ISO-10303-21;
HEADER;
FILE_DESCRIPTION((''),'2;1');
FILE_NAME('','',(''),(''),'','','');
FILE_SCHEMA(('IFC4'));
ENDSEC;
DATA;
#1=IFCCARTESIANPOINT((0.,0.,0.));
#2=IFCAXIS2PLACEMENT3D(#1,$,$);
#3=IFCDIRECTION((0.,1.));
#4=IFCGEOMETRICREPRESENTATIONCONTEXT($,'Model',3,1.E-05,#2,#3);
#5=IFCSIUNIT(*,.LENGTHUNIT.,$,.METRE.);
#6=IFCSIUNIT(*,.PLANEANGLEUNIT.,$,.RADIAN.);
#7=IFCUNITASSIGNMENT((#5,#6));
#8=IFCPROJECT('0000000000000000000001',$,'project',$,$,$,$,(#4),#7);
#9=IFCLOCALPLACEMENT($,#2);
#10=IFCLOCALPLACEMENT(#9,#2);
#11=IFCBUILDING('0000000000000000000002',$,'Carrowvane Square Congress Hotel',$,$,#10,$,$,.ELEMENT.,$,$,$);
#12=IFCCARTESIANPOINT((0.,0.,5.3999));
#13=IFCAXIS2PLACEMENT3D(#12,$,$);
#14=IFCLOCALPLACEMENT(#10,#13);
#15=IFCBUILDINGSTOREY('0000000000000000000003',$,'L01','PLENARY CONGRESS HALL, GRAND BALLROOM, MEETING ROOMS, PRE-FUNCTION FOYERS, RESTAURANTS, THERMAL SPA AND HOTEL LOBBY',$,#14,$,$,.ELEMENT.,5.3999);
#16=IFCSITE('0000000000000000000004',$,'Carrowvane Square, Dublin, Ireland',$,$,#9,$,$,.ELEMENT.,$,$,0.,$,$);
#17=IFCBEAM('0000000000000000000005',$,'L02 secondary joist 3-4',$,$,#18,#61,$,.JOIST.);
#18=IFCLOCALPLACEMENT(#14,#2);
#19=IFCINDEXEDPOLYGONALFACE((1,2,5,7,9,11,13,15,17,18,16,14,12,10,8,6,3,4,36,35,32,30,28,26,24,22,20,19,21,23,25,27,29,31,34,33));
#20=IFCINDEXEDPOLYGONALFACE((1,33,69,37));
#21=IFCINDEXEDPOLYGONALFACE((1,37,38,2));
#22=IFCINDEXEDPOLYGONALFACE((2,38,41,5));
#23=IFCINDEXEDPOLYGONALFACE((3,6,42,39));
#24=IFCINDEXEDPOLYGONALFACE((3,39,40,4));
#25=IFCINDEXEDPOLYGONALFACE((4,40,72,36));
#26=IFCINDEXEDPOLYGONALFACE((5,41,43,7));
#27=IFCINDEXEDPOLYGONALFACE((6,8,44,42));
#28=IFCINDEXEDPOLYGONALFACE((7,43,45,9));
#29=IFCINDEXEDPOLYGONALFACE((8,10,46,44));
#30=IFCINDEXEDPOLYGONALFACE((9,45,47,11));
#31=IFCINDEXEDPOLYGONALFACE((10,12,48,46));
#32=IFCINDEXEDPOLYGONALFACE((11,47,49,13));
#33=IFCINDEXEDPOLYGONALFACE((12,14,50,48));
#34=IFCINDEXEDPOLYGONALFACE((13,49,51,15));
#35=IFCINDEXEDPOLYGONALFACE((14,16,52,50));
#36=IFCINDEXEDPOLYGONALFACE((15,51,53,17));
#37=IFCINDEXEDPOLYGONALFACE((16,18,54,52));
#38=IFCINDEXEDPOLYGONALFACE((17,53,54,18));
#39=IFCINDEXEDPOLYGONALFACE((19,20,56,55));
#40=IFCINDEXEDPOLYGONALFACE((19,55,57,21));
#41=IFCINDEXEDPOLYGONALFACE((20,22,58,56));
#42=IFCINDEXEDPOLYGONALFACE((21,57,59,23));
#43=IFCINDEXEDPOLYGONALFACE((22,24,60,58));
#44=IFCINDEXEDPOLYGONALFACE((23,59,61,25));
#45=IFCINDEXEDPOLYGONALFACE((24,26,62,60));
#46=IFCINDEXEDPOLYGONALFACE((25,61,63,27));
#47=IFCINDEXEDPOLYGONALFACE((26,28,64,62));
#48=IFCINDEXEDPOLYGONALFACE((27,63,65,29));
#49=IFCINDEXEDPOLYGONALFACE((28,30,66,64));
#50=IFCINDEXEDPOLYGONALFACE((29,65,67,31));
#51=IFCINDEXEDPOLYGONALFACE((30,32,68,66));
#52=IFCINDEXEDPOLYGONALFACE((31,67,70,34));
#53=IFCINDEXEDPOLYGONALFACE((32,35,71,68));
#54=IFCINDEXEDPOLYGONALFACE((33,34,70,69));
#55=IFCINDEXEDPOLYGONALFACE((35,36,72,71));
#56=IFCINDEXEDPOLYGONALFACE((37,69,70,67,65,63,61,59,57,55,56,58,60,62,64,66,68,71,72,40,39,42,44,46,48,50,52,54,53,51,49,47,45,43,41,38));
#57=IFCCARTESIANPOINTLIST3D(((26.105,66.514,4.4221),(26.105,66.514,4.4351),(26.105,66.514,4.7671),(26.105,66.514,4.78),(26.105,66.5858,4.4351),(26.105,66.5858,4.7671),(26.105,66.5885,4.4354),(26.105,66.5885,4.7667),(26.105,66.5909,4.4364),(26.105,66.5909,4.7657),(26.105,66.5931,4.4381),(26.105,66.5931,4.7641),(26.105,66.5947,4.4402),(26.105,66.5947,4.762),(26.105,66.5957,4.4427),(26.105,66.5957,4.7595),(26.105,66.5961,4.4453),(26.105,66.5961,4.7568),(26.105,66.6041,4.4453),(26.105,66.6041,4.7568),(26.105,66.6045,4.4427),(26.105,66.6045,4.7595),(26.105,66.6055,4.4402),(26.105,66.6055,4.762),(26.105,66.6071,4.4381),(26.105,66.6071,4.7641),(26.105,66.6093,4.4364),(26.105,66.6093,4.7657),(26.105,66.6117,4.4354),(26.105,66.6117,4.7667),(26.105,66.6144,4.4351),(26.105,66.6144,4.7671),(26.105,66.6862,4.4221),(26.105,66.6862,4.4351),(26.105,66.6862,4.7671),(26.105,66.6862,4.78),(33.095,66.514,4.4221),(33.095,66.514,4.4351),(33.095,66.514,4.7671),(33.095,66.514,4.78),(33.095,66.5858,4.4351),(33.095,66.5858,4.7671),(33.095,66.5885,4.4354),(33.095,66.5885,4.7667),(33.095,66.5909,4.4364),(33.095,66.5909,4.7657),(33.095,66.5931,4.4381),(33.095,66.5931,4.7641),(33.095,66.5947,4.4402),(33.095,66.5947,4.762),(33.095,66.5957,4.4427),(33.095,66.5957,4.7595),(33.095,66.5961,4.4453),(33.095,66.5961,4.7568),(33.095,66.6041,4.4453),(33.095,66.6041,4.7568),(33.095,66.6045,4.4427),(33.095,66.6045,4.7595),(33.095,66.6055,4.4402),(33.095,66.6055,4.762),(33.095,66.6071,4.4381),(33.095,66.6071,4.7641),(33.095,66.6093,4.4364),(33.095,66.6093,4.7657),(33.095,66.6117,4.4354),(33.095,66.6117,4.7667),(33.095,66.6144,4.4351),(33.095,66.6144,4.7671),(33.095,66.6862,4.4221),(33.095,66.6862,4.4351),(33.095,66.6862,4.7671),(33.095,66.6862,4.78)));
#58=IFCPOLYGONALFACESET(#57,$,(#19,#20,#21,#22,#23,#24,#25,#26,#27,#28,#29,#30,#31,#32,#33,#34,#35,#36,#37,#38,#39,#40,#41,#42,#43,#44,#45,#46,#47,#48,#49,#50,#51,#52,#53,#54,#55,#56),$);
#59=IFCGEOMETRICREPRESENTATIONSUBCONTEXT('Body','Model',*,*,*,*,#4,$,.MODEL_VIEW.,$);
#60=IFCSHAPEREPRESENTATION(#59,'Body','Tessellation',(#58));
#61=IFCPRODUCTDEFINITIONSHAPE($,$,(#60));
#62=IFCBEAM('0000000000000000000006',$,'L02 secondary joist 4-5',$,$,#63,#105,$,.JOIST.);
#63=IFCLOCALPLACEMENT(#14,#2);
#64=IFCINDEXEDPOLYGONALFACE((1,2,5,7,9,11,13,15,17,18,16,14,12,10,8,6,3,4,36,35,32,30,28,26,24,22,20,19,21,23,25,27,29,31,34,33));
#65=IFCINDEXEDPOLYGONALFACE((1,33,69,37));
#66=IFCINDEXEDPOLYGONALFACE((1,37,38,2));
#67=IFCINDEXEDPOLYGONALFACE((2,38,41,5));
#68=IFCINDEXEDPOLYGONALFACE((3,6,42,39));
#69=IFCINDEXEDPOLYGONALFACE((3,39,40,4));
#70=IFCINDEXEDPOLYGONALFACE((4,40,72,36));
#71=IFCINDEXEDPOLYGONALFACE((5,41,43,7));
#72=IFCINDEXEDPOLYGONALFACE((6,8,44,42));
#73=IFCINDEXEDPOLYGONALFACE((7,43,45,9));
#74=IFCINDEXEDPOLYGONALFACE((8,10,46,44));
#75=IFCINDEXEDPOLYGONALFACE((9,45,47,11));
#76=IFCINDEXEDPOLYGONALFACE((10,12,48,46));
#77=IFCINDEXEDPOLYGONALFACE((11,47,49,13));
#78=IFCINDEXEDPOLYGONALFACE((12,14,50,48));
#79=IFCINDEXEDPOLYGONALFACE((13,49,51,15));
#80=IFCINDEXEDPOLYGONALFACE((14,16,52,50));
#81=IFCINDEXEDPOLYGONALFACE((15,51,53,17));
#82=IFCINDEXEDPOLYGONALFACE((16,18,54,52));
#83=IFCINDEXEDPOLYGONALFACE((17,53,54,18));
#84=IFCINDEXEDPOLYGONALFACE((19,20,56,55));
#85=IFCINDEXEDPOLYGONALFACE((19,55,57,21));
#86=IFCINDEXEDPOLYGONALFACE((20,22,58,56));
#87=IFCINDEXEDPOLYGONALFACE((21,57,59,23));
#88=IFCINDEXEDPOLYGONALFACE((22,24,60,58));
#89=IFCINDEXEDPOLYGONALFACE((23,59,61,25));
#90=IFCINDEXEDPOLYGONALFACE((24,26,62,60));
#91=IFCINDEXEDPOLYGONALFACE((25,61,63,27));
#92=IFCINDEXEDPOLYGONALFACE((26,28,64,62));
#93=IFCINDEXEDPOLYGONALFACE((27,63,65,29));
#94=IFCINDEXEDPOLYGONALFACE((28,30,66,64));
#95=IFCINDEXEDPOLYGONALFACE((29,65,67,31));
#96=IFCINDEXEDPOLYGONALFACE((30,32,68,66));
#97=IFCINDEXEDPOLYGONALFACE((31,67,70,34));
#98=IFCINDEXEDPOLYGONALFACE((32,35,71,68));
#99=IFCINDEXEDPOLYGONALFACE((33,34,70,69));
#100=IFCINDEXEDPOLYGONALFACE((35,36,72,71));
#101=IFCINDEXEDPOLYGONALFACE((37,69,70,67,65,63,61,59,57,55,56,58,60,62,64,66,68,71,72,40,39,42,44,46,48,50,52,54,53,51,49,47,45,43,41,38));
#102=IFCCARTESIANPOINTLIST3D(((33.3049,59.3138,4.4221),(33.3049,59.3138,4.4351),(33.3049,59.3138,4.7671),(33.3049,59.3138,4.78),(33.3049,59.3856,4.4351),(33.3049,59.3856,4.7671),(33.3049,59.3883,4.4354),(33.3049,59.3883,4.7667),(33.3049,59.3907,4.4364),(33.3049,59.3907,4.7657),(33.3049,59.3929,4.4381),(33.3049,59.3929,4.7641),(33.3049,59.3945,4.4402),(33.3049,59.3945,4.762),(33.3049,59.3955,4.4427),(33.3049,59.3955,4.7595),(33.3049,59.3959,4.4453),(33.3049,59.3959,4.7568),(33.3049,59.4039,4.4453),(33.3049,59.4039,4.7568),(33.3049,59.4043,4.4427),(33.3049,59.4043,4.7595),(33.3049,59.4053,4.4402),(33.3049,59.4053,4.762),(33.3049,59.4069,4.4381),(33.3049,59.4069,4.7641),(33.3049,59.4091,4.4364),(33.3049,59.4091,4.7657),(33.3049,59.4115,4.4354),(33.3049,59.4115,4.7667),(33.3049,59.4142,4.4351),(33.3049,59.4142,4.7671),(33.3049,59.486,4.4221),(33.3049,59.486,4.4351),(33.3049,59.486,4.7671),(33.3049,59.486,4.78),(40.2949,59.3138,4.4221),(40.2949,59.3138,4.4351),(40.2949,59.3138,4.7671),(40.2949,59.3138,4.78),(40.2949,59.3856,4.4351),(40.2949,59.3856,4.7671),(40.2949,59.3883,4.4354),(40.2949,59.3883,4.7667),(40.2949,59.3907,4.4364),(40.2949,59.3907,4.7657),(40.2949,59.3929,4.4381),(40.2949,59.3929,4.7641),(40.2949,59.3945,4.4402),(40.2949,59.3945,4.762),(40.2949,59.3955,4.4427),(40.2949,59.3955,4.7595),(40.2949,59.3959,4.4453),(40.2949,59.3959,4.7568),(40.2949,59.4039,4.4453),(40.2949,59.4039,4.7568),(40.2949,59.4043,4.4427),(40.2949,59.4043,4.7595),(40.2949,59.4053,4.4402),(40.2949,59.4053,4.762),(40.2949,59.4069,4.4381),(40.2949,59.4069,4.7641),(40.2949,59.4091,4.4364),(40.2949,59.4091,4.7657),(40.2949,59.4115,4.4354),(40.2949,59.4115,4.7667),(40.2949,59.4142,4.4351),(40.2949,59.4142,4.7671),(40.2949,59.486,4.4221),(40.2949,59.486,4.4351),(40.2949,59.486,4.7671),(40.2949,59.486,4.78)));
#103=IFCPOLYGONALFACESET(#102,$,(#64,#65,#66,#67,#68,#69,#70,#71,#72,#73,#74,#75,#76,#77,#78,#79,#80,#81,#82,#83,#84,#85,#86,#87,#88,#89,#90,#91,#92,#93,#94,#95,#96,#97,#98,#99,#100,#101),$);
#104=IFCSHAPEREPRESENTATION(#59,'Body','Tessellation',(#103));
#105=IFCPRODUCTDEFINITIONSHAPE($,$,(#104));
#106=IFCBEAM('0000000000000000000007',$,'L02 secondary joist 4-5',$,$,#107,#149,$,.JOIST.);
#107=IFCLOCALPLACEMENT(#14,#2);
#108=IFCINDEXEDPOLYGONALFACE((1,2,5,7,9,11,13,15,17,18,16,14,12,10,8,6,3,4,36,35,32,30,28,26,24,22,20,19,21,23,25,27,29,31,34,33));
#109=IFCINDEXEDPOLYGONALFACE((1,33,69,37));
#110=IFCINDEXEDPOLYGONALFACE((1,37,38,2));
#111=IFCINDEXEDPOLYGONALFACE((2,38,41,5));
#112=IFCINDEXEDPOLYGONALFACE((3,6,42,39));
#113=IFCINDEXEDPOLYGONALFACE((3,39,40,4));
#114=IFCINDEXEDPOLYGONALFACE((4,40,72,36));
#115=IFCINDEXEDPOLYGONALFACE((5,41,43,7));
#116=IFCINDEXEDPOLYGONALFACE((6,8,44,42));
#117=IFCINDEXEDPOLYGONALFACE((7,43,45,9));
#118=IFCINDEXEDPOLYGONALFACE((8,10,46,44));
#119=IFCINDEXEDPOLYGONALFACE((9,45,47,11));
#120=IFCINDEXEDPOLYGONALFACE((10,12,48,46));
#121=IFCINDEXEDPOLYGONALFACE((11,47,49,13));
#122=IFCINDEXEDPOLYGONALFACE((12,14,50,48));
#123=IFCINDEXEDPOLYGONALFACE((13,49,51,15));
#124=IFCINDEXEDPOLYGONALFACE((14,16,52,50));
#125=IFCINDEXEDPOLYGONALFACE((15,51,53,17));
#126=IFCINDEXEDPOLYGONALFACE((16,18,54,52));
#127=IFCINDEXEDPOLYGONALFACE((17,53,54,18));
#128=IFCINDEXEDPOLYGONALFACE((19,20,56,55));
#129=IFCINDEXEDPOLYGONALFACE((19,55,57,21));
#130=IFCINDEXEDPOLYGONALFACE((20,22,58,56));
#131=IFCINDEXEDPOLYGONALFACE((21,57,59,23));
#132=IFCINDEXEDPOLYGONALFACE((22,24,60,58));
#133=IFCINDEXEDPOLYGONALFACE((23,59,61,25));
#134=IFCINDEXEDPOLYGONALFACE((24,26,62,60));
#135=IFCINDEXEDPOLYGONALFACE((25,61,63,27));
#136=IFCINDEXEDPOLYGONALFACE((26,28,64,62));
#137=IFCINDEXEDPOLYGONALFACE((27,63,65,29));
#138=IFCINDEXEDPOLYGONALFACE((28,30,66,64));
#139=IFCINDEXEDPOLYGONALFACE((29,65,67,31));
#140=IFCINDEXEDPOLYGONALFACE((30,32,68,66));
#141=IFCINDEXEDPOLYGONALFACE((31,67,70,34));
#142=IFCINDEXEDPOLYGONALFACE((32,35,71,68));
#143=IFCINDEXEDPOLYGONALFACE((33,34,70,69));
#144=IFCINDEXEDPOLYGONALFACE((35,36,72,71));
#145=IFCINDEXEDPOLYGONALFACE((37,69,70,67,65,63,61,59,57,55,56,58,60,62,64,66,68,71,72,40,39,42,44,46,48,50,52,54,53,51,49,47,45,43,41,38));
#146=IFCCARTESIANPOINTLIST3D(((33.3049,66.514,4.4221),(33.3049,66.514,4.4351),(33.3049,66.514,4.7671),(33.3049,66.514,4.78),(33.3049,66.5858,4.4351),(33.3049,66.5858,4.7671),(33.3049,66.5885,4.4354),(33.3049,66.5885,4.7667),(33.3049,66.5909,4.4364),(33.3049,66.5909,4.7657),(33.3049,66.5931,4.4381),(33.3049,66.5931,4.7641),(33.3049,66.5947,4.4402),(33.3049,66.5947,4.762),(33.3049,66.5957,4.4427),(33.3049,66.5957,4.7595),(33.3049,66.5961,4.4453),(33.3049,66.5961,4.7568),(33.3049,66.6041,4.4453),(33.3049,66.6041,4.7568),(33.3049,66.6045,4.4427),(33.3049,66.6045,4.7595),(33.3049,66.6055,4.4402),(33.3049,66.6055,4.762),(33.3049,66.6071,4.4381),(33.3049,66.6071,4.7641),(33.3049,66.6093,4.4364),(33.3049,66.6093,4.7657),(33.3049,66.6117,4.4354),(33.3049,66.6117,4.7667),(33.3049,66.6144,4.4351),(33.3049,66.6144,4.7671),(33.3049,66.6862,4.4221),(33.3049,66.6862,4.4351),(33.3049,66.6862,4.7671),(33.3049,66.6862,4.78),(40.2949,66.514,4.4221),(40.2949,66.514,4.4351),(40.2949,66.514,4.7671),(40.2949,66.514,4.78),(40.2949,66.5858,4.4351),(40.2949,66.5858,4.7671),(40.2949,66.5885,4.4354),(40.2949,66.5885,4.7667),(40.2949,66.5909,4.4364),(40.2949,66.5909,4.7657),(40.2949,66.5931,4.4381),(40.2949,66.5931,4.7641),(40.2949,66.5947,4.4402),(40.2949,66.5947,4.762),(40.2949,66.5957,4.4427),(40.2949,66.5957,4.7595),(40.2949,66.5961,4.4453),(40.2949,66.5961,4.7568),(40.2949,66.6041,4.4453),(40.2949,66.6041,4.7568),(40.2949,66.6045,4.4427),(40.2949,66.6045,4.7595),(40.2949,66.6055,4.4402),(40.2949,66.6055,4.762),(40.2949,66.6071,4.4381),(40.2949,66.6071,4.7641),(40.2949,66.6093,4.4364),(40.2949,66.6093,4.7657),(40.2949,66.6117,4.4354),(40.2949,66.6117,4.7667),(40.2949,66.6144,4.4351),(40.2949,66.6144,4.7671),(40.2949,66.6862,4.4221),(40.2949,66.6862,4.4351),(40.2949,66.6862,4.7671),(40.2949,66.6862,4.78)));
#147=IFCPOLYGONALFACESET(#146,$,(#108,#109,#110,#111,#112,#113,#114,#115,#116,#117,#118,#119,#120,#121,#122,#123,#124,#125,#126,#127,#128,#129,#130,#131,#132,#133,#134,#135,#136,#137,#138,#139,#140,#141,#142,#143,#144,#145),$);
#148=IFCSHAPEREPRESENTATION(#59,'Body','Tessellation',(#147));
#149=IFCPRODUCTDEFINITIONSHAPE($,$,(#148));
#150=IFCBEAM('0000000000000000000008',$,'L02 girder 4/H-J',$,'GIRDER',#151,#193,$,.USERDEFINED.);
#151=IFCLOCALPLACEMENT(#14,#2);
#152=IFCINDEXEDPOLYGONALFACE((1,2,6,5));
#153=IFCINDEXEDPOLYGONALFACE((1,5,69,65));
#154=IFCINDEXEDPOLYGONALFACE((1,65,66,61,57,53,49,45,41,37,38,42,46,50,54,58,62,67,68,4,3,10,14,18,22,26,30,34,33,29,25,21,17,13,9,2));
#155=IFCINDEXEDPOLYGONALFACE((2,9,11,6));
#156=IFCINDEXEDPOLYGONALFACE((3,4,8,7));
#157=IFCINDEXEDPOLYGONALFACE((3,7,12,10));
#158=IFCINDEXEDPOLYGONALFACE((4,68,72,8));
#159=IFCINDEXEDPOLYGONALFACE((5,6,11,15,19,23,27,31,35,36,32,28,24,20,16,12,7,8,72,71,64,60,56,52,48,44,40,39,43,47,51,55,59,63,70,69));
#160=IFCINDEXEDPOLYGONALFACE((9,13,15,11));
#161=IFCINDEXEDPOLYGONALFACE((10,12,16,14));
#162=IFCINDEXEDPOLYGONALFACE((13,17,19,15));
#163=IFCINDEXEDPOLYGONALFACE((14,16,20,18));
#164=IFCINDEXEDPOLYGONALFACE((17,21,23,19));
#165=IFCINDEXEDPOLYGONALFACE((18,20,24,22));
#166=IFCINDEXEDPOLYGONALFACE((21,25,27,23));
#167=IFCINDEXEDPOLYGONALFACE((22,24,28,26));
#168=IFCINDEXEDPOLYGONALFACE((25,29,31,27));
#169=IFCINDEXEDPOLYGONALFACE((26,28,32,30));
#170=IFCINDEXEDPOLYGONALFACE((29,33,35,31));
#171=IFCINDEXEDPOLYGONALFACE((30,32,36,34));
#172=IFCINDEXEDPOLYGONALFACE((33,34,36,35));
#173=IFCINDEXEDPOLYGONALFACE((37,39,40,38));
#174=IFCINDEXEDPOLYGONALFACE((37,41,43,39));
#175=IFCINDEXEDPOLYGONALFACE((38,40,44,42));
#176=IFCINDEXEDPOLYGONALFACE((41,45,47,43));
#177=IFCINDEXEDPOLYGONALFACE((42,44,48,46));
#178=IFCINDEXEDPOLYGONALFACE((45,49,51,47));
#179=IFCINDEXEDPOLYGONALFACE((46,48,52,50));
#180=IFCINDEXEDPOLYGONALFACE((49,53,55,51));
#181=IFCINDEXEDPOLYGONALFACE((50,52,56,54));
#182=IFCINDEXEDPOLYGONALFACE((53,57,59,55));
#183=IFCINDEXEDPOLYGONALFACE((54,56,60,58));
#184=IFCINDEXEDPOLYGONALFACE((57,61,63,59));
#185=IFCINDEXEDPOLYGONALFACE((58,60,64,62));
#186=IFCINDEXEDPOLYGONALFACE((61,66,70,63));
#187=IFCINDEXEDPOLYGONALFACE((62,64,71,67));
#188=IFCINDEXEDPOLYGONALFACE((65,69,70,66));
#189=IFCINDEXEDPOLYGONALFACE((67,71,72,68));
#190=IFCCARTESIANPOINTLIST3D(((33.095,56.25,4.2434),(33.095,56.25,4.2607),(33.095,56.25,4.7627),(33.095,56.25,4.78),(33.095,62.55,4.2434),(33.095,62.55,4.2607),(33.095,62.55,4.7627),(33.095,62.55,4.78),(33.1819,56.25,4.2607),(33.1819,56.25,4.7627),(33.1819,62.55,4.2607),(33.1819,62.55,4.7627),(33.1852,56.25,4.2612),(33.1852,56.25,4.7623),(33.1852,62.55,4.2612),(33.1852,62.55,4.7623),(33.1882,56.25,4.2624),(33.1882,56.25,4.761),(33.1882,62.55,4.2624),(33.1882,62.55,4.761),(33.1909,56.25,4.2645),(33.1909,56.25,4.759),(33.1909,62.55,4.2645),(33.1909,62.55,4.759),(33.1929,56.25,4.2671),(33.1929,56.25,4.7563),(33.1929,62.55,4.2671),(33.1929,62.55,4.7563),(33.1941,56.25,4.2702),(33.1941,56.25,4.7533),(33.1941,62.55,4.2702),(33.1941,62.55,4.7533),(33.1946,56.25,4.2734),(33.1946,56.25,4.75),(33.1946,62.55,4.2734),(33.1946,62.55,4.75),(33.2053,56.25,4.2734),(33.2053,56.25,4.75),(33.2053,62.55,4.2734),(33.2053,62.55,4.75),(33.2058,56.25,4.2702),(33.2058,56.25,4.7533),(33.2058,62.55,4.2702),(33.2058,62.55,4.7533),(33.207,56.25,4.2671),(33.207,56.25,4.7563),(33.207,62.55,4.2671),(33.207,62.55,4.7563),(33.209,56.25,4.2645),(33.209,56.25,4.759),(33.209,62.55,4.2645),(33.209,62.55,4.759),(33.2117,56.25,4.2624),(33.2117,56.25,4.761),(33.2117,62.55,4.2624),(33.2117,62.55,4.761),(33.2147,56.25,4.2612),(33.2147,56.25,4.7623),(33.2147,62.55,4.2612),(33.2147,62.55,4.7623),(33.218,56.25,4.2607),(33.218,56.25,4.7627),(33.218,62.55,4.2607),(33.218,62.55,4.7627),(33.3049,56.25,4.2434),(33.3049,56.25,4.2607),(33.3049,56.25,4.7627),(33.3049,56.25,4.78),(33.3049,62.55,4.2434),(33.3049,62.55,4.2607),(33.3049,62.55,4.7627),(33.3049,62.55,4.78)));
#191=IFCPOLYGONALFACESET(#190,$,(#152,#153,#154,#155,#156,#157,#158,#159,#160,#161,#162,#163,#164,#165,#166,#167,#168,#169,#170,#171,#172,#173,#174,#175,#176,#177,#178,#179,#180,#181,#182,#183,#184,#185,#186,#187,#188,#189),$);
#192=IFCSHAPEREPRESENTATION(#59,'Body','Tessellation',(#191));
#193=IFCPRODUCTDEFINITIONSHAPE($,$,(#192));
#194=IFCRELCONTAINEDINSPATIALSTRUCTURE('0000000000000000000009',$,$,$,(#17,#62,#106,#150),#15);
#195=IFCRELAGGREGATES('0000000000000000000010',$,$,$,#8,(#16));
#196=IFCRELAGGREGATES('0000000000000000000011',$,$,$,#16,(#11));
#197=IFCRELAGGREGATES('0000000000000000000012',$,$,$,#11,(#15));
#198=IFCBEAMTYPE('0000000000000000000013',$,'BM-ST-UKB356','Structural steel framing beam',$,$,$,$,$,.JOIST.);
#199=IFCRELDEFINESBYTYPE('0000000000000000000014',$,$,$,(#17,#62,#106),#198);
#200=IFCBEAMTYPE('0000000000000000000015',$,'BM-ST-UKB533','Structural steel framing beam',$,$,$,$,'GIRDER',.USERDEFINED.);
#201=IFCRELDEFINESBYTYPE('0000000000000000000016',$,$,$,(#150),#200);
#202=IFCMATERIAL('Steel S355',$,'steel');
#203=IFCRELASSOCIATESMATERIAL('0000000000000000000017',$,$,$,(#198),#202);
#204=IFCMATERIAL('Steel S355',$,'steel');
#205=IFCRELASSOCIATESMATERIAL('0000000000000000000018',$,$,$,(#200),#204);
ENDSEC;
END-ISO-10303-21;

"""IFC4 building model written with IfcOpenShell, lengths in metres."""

from ifc_helpers import new_model, si_unit, direction, frame, origin, origin_2d, place, context, subcontext, project, spatial, i_section, extrude, material, material_profile, profile_set, type_object, element, save


model = new_model("IFC4")

# Units and contexts
model_context = context("Model", 3, precision=1e-05, world=origin(), true_north=direction((0.0, 1.0)))
body_context = subcontext(model_context, "Body", "Model", "MODEL_VIEW")
ifc_project = project(units=[si_unit("LENGTHUNIT", "METRE"), si_unit("PLANEANGLEUNIT", "RADIAN")], contexts=[model_context])

# Site, building, storey
site_placement = place(None, origin())
site = spatial("IfcSite", under=ifc_project, at=site_placement, Name="Carrowvane Square, Dublin, Ireland", CompositionType="ELEMENT", RefElevation=0.0)
building_placement = place(site_placement, origin())
building = spatial("IfcBuilding", under=site, at=building_placement, Name="Carrowvane Square Congress Hotel", CompositionType="ELEMENT")
storey_placement = place(building_placement, frame((0.0, 0.0, 5.3999)))
storey = spatial("IfcBuildingStorey", under=building, at=storey_placement, Name="L01", Description="PLENARY CONGRESS HALL, GRAND BALLROOM, MEETING ROOMS, PRE-FUNCTION FOYERS, RESTAURANTS, THERMAL SPA AND HOTEL LOBBY", CompositionType="ELEMENT", Elevation=5.3999)

# Beams
ifc_material_1 = material(Name="Steel S355", Category="steel")
ifc_material_profile_1 = material_profile(ifc_material_1, i_section(OverallWidth=0.1721, OverallDepth=0.3579, WebThickness=0.0081, FlangeThickness=0.0129, FilletRadius=0.0103, at=origin_2d()), Name="UKB 356x171x57")
ifc_profile_set_1 = profile_set([ifc_material_profile_1], Name="Steel S355")
beam_type_1 = type_object("IfcBeamType", Name="BM-ST-UKB356", Description="Structural steel framing beam", PredefinedType="JOIST", material=ifc_profile_set_1)
for number, where, z_axis, x_axis, name in (
    (1, (26.105, 66.6001, 4.6011), (1.0, 0.0, 0.0), (0.0, 1.0, 0.0), "L02 secondary joist 3-4"),
    (2, (33.3049, 59.3999, 4.6011), (1.0, 0.0, 0.0), (0.0, 1.0, 0.0), "L02 secondary joist 4-5"),
    (3, (33.3049, 66.6001, 4.6011), (1.0, 0.0, 0.0), (0.0, 1.0, 0.0), "L02 secondary joist 4-5"),
):
    element("IfcBeam", number, at=place(storey_placement, frame(where, z_axis=z_axis, x_axis=x_axis)), inside=storey, type_object=beam_type_1, Name=name, PredefinedType="JOIST", context=body_context, shape_type="SweptSolid", body=[
        extrude(i_section(OverallWidth=0.1721, OverallDepth=0.3579, WebThickness=0.0081, FlangeThickness=0.0129, FilletRadius=0.0103, at=origin_2d()), origin(), (0.0, 0.0, 1.0), 6.99),
    ])
ifc_material_2 = material(Name="Steel S355", Category="steel")
ifc_material_profile_2 = material_profile(ifc_material_2, i_section(OverallWidth=0.21, OverallDepth=0.5366, WebThickness=0.0107, FlangeThickness=0.0173, FilletRadius=0.0127, at=origin_2d()), Name="UKB 533x210x101")
ifc_profile_set_2 = profile_set([ifc_material_profile_2], Name="Steel S355")
beam_type_2 = type_object("IfcBeamType", Name="BM-ST-UKB533", Description="Structural steel framing beam", ElementType="GIRDER", PredefinedType="USERDEFINED", material=ifc_profile_set_2)
for number, where, z_axis, x_axis, name in (
    (4, (33.2, 56.25, 4.5117), (0.0, 1.0, 0.0), (-1.0, 0.0, 0.0), "L02 girder 4/H-J"),
):
    element("IfcBeam", number, at=place(storey_placement, frame(where, z_axis=z_axis, x_axis=x_axis)), inside=storey, type_object=beam_type_2, Name=name, ObjectType="GIRDER", PredefinedType="USERDEFINED", context=body_context, shape_type="SweptSolid", body=[
        extrude(i_section(OverallWidth=0.21, OverallDepth=0.5366, WebThickness=0.0107, FlangeThickness=0.0173, FilletRadius=0.0127, at=origin_2d()), origin(), (0.0, 0.0, 1.0), 6.3),
    ])

save(model, "model.ifc")
